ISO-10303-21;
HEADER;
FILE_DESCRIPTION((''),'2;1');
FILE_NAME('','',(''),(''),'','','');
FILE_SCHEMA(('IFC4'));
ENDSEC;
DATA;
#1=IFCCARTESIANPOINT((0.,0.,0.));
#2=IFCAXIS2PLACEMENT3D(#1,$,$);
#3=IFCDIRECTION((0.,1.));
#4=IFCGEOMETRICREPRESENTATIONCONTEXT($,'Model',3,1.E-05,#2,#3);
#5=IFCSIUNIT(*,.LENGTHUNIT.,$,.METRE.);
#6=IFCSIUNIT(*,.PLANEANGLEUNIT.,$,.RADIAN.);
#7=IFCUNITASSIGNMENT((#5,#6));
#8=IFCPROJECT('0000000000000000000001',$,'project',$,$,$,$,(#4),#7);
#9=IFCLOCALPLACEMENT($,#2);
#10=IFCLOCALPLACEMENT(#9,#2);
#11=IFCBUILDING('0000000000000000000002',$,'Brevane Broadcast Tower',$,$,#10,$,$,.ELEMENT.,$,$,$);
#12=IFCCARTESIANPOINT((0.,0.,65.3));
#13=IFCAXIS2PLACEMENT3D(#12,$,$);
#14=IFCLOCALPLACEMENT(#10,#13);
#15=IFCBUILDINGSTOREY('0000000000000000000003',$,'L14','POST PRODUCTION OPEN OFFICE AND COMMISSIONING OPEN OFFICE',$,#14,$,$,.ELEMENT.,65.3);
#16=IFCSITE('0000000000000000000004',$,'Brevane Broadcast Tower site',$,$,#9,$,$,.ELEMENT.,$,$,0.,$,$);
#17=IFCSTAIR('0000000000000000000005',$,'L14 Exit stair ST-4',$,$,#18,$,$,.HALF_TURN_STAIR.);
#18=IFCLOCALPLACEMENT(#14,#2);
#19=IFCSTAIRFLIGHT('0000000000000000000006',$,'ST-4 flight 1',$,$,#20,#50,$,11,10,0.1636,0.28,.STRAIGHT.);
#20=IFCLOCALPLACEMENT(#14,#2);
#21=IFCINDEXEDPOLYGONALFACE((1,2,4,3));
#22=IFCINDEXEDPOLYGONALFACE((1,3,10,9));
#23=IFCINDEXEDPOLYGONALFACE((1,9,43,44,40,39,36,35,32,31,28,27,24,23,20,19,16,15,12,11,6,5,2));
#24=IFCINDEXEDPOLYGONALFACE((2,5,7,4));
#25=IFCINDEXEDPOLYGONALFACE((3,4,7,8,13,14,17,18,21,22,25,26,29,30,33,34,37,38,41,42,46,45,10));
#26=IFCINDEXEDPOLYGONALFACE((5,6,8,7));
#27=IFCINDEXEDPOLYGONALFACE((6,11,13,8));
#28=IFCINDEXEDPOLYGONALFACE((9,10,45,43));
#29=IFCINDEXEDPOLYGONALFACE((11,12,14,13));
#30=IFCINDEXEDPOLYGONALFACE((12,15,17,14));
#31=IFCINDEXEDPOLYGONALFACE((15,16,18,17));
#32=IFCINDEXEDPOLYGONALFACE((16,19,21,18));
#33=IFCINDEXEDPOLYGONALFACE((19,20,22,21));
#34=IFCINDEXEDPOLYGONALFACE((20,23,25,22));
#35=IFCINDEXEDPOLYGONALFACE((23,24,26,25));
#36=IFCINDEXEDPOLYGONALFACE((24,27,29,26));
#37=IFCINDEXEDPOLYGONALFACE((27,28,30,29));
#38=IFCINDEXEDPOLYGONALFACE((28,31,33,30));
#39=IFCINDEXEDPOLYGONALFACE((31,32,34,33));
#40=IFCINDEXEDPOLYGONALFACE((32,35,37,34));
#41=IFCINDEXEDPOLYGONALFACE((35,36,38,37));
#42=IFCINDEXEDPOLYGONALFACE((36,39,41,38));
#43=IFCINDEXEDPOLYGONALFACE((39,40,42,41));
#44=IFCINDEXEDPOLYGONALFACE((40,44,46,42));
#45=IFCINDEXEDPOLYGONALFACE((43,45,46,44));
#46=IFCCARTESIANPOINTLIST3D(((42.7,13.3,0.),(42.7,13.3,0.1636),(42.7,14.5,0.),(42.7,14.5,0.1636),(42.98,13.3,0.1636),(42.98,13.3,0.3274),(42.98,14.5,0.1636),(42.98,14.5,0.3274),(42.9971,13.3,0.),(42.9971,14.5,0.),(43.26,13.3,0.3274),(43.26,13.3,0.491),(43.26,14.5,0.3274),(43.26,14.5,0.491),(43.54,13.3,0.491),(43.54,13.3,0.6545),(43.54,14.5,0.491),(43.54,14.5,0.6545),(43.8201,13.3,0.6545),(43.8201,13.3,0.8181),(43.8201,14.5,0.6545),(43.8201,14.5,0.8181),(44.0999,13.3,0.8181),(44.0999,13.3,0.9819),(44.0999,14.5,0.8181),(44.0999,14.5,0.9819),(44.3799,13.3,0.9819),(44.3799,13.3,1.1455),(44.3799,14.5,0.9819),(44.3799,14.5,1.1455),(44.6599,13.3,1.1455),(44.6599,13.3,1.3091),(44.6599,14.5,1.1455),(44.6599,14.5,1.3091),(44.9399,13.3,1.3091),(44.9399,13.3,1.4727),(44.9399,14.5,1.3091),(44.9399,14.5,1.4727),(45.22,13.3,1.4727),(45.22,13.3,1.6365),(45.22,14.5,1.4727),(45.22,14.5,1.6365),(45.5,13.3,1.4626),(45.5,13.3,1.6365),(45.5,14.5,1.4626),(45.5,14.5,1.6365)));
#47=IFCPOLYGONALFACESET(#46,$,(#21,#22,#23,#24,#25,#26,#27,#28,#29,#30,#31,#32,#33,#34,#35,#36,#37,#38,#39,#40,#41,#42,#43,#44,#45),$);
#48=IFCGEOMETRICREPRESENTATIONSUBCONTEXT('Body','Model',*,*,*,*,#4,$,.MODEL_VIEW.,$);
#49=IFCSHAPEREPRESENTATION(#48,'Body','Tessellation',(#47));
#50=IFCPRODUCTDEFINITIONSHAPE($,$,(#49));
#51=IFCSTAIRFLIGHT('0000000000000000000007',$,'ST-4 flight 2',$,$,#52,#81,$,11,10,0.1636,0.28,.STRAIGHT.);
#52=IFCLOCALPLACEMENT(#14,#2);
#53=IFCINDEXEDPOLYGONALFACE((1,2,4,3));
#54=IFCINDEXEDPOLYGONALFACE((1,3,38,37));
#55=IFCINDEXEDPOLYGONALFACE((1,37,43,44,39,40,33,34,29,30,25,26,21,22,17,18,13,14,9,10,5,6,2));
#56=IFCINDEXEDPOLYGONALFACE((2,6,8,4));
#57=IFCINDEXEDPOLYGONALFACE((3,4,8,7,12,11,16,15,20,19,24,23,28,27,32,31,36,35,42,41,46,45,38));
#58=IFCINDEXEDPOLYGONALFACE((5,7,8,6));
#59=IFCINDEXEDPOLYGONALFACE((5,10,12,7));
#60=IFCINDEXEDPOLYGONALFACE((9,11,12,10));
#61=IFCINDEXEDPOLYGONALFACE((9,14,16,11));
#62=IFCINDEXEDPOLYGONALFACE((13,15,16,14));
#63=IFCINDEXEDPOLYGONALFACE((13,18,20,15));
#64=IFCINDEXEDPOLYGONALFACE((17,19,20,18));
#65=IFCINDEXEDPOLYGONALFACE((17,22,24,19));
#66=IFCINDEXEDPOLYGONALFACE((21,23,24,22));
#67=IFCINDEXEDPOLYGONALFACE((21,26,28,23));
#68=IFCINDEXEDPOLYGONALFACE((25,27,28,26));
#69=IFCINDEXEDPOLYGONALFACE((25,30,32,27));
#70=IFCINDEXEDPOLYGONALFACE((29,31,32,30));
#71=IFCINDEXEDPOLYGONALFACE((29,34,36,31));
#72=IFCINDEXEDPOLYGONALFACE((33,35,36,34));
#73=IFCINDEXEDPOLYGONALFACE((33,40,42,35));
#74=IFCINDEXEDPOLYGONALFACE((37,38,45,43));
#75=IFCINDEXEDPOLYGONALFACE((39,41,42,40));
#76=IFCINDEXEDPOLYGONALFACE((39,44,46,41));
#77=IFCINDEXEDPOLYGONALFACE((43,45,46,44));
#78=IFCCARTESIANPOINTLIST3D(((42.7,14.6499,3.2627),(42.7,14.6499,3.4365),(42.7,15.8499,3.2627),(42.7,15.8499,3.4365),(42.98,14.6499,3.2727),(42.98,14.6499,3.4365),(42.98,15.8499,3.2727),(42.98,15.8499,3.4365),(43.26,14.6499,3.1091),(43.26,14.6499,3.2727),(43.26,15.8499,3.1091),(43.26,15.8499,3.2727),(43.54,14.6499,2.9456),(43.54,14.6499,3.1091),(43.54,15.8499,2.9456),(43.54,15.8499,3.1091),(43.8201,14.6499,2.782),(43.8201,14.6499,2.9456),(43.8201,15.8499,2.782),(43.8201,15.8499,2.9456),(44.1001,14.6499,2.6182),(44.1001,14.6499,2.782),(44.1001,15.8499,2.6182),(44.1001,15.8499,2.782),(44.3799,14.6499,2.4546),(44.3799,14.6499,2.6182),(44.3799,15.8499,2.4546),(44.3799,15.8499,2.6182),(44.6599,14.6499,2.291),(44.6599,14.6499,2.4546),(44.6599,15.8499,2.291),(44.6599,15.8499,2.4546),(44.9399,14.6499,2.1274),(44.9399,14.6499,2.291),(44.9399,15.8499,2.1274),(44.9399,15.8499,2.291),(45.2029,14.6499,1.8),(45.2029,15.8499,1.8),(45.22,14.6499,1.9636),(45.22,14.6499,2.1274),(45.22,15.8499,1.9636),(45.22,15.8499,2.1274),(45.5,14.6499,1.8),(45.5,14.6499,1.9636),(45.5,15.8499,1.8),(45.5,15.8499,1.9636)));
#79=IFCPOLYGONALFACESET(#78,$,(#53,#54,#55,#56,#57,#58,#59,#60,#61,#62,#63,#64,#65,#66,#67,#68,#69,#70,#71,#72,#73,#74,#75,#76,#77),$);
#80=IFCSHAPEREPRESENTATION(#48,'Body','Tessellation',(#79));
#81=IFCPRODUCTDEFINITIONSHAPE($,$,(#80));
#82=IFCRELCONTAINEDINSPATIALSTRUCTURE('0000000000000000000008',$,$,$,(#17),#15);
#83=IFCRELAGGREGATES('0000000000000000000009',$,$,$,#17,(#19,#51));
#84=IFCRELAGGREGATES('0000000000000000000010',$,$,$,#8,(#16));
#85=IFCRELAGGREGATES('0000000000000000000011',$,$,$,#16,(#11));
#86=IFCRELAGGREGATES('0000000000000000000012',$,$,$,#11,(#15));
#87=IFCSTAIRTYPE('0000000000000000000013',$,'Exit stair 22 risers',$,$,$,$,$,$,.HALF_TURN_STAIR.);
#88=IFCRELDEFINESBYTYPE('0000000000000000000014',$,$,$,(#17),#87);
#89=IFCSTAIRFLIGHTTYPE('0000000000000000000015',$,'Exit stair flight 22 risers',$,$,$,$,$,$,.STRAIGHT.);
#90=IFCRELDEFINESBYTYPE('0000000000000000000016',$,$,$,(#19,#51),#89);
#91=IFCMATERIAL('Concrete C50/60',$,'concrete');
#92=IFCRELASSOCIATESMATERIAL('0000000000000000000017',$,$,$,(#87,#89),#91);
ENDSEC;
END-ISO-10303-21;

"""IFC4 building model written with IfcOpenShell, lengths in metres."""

from ifc_helpers import new_model, si_unit, direction, frame, origin, place, context, subcontext, project, spatial, polyline, outline, extrude, material, type_object, element, aggregate, save


model = new_model("IFC4")

# Units and contexts
model_context = context("Model", 3, precision=1e-05, world=origin(), true_north=direction((0.0, 1.0)))
body_context = subcontext(model_context, "Body", "Model", "MODEL_VIEW")
ifc_project = project(units=[si_unit("LENGTHUNIT", "METRE"), si_unit("PLANEANGLEUNIT", "RADIAN")], contexts=[model_context])

# Site, building, storey
site_placement = place(None, origin())
site = spatial("IfcSite", under=ifc_project, at=site_placement, Name="Brevane Broadcast Tower site", CompositionType="ELEMENT", RefElevation=0.0)
building_placement = place(site_placement, origin())
building = spatial("IfcBuilding", under=site, at=building_placement, Name="Brevane Broadcast Tower", CompositionType="ELEMENT")
storey_placement = place(building_placement, frame((0.0, 0.0, 65.3)))
storey = spatial("IfcBuildingStorey", under=building, at=storey_placement, Name="L14", Description="POST PRODUCTION OPEN OFFICE AND COMMISSIONING OPEN OFFICE", CompositionType="ELEMENT", Elevation=65.3)

# Stair, stair flights
ifc_material_1 = material(Name="Concrete C50/60", Category="concrete")
stair_type = type_object("IfcStairType", Name="Exit stair 22 risers", PredefinedType="HALF_TURN_STAIR", material=ifc_material_1)
stair_placement = place(storey_placement, origin())
stair = element("IfcStair", 1, at=stair_placement, inside=storey, type_object=stair_type, Name="L14 Exit stair ST-4", PredefinedType="HALF_TURN_STAIR")
stair_flight_type = type_object("IfcStairFlightType", Name="Exit stair flight 22 risers", PredefinedType="STRAIGHT", material=ifc_material_1)
stair_flight_1_placement = place(storey_placement, frame((42.7, 13.8999, 0.0), z_axis=(0.0, 0.0, 1.0), x_axis=(1.0, 0.0, 0.0)))
stair_flight_1 = element("IfcStairFlight", 2, at=stair_flight_1_placement, type_object=stair_flight_type, Name="ST-4 flight 1", NumberOfRisers=11, NumberOfTreads=10, PredefinedType="STRAIGHT", RiserHeight=0.1636, TreadLength=0.28, context=body_context, shape_type="SweptSolid", body=[
    extrude(outline(polyline([(0.0, 0.0), (0.0, 0.1636), (0.28, 0.1636), (0.28, 0.3274), (0.5601, 0.3274), (0.5601, 0.491), (0.8401, 0.491), (0.8401, 0.6545), (1.1201, 0.6545), (1.1201, 0.8181), (1.3999, 0.8181), (1.3999, 0.9819), (1.6799, 0.9819), (1.6799, 1.1455), (1.96, 1.1455), (1.96, 1.3091), (2.24, 1.3091), (2.24, 1.4727), (2.52, 1.4727), (2.52, 1.6365), (2.8, 1.6365), (2.8, 1.8), (2.8, 1.4626), (0.2971, 0.0), (0.0, 0.0)])), frame((0.0, 0.6001, 0.0), z_axis=(0.0, -1.0, 0.0), x_axis=(1.0, 0.0, 0.0)), (0.0, 0.0, 1.0), 1.2),
])
stair_flight_2_placement = place(storey_placement, frame((45.5, 15.25, 1.8), z_axis=(0.0, 0.0, 1.0), x_axis=(-1.0, 0.0, 0.0)))
stair_flight_2 = element("IfcStairFlight", 3, at=stair_flight_2_placement, type_object=stair_flight_type, Name="ST-4 flight 2", NumberOfRisers=11, NumberOfTreads=10, PredefinedType="STRAIGHT", RiserHeight=0.1636, TreadLength=0.28, context=body_context, shape_type="SweptSolid", body=[
    extrude(outline(polyline([(0.0, 0.0), (0.0, 0.1636), (0.28, 0.1636), (0.28, 0.3274), (0.5601, 0.3274), (0.5601, 0.491), (0.8401, 0.491), (0.8401, 0.6545), (1.1201, 0.6545), (1.1201, 0.8181), (1.3999, 0.8181), (1.3999, 0.9819), (1.6799, 0.9819), (1.6799, 1.1455), (1.96, 1.1455), (1.96, 1.3091), (2.24, 1.3091), (2.24, 1.4727), (2.52, 1.4727), (2.52, 1.6365), (2.8, 1.6365), (2.8, 1.8), (2.8, 1.4626), (0.2971, 0.0), (0.0, 0.0)])), frame((0.0, 0.6001, 0.0), z_axis=(0.0, -1.0, 0.0), x_axis=(1.0, 0.0, 0.0)), (0.0, 0.0, 1.0), 1.2),
])
aggregate(stair, [stair_flight_1, stair_flight_2])

save(model, "model.ifc")
